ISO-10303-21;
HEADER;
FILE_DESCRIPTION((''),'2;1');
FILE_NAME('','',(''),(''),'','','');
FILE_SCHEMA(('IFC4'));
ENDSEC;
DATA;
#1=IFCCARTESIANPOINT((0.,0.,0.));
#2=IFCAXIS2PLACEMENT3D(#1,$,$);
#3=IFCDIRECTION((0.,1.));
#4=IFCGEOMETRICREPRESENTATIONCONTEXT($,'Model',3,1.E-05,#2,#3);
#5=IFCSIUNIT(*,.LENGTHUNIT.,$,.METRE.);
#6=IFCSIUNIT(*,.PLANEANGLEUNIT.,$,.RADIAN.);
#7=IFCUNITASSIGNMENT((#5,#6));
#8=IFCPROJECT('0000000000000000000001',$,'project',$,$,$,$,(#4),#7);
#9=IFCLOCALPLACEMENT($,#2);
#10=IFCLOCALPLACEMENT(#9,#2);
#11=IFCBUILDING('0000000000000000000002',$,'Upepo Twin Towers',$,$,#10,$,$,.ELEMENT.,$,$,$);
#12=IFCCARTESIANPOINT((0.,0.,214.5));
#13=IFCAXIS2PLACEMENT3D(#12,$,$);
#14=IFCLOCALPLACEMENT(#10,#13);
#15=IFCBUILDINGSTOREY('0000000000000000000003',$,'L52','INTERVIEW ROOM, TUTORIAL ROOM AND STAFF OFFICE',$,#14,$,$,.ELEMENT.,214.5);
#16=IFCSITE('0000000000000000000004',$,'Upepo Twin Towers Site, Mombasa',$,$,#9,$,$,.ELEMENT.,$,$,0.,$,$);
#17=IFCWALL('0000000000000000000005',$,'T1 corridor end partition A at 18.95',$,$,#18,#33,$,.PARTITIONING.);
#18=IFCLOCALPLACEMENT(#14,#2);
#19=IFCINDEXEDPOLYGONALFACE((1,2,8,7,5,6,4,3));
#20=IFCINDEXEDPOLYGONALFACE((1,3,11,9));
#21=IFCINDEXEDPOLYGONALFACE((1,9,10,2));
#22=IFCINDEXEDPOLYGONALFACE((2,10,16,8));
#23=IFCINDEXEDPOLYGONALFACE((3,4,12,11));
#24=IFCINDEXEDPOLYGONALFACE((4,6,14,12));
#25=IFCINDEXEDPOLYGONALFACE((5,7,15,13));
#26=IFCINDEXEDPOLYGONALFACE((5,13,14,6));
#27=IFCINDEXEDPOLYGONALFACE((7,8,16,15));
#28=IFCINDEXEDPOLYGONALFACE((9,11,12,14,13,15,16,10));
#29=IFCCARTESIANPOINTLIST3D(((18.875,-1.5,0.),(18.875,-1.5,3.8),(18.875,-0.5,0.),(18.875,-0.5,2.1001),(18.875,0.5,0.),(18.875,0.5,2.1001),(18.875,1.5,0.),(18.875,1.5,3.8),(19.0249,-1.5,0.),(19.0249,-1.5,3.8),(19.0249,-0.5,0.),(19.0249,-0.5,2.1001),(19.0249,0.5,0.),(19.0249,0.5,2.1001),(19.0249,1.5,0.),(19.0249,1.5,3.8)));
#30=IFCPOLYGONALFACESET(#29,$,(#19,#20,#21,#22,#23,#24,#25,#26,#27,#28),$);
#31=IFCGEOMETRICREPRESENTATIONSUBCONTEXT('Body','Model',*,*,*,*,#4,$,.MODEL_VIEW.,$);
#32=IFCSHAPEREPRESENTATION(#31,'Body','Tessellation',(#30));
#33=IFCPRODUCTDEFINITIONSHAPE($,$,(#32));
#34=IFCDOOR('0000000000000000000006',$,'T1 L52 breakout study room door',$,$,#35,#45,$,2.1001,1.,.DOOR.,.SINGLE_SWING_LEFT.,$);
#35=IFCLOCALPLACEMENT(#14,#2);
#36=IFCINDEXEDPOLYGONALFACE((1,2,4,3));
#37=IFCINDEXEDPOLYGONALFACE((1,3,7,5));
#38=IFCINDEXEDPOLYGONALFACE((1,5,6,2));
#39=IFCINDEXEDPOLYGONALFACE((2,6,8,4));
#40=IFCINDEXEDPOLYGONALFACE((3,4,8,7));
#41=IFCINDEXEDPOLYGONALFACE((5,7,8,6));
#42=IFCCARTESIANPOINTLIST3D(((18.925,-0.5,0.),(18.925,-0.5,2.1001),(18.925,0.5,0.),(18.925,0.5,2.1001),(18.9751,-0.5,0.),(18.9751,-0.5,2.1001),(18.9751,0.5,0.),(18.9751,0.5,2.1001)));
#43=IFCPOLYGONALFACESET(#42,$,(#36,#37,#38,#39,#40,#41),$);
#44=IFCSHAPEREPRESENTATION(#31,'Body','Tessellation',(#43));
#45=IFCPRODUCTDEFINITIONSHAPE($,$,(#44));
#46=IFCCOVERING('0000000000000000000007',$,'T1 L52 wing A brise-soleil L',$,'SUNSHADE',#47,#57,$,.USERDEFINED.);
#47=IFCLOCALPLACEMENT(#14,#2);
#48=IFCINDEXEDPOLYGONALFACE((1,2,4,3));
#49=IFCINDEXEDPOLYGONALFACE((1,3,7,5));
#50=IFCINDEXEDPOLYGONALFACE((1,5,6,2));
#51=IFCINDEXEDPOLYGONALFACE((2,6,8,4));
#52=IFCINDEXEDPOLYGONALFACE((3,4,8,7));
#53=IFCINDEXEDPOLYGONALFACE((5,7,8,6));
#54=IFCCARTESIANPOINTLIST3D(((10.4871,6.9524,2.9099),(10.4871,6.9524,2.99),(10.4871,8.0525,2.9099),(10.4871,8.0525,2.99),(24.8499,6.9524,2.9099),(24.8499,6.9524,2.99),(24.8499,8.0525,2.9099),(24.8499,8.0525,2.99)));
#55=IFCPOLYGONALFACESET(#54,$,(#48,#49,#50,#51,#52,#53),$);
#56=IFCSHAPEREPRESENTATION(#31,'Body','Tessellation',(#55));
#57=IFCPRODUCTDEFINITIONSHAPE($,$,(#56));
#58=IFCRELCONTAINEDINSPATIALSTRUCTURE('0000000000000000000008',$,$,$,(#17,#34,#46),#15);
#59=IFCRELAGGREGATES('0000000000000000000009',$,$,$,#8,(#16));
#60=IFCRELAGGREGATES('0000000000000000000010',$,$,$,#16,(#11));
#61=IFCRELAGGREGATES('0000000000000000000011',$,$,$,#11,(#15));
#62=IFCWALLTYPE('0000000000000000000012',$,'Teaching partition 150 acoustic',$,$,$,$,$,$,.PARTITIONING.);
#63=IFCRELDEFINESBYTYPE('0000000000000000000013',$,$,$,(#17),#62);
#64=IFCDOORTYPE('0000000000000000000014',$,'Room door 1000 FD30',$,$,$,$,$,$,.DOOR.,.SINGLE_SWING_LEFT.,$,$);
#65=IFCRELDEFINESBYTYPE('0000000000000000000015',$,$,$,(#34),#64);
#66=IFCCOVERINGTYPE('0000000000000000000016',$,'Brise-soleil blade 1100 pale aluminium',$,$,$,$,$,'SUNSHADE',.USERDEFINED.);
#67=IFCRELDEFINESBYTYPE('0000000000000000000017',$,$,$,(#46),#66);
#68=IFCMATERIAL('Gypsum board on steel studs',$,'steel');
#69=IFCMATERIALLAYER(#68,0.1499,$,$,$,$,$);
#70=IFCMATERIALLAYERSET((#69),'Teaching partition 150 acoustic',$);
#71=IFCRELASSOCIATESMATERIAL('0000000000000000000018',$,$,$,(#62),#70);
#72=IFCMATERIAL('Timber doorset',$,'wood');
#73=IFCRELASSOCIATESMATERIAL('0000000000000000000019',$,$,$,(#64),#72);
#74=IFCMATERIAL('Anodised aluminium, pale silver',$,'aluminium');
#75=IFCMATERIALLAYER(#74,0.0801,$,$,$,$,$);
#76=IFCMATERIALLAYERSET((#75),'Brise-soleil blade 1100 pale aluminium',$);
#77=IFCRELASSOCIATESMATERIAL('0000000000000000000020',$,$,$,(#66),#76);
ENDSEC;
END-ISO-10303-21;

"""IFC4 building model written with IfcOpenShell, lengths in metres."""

from ifc_helpers import new_model, si_unit, direction, frame, frame_2d, origin, origin_2d, place, context, subcontext, project, spatial, rectangle, extrude, material, layer, layer_set, type_object, element, fill, save


model = new_model("IFC4")

# Units and contexts
model_context = context("Model", 3, precision=1e-05, world=origin(), true_north=direction((0.0, 1.0)))
body_context = subcontext(model_context, "Body", "Model", "MODEL_VIEW")
ifc_project = project(units=[si_unit("LENGTHUNIT", "METRE"), si_unit("PLANEANGLEUNIT", "RADIAN")], contexts=[model_context])

# Site, building, storey
site_placement = place(None, origin())
site = spatial("IfcSite", under=ifc_project, at=site_placement, Name="Upepo Twin Towers Site, Mombasa", CompositionType="ELEMENT", RefElevation=0.0)
building_placement = place(site_placement, origin())
building = spatial("IfcBuilding", under=site, at=building_placement, Name="Upepo Twin Towers", CompositionType="ELEMENT")
storey_placement = place(building_placement, frame((0.0, 0.0, 214.5)))
storey = spatial("IfcBuildingStorey", under=building, at=storey_placement, Name="L52", Description="INTERVIEW ROOM, TUTORIAL ROOM AND STAFF OFFICE", CompositionType="ELEMENT", Elevation=214.5)

# Shared definitions
ifc_material_1 = material(Name="Gypsum board on steel studs", Category="steel")
ifc_layer_1 = layer(ifc_material_1, 0.1499)
ifc_layer_set_1 = layer_set([ifc_layer_1], Name="Teaching partition 150 acoustic")
wall_type_1 = type_object("IfcWallType", Name="Teaching partition 150 acoustic", PredefinedType="PARTITIONING", material=ifc_layer_set_1)

# Shared definitions
ifc_material_2 = material(Name="Timber doorset", Category="wood")
door_type = type_object("IfcDoorType", Name="Room door 1000 FD30", OperationType="SINGLE_SWING_LEFT", PredefinedType="DOOR", material=ifc_material_2)

# Wall, opening, door
wall_1_placement = place(storey_placement, frame((18.95, -1.5, 0.0), z_axis=(0.0, 0.0, 1.0), x_axis=(0.0, 1.0, 0.0)))
wall_1 = element("IfcWall", 1, at=wall_1_placement, inside=storey, type_object=wall_type_1, Name="T1 corridor end partition A at 18.95", PredefinedType="PARTITIONING", context=body_context, shape_type="SweptSolid", body=[
    extrude(rectangle(XDim=3.0, YDim=0.1499, at=frame_2d((1.5, 0.0))), origin(), (0.0, 0.0, 1.0), 3.8),
])
opening_1_placement = place(wall_1_placement, frame((1.0, 0.0, 0.0)))
opening_1 = element("IfcOpeningElement", 2, at=opening_1_placement, cuts=wall_1, PredefinedType="OPENING", context=body_context, shape_type="SweptSolid", body=[
    extrude(rectangle(XDim=1.0, YDim=2.1001, at=frame_2d((0.5, 1.05))), frame((0.0, 0.085, 0.0), z_axis=(0.0, -1.0, 0.0), x_axis=(1.0, 0.0, 0.0)), (0.0, 0.0, 1.0), 0.1699),
])
door_1_placement = place(opening_1_placement, origin())
door_1 = element("IfcDoor", 3, at=door_1_placement, inside=storey, type_object=door_type, Name="T1 L52 breakout study room door", OperationType="SINGLE_SWING_LEFT", OverallHeight=2.1001, OverallWidth=1.0, PredefinedType="DOOR", context=body_context, shape_type="SweptSolid", body=[
    extrude(rectangle(XDim=1.0, YDim=2.1001, at=frame_2d((0.5, 1.05))), frame((0.0, 0.0249, 0.0), z_axis=(0.0, -1.0, 0.0), x_axis=(1.0, 0.0, 0.0)), (0.0, 0.0, 1.0), 0.05),
])
fill(opening_1, door_1)

# Covering
ifc_material_3 = material(Name="Anodised aluminium, pale silver", Category="aluminium")
ifc_layer_2 = layer(ifc_material_3, 0.0801)
ifc_layer_set_2 = layer_set([ifc_layer_2], Name="Brise-soleil blade 1100 pale aluminium")
covering_type = type_object("IfcCoveringType", Name="Brise-soleil blade 1100 pale aluminium", ElementType="SUNSHADE", PredefinedType="USERDEFINED", material=ifc_layer_set_2)
covering_placement = place(storey_placement, frame((17.6685, 7.5024, 2.9099), z_axis=(0.0, 0.0, 1.0), x_axis=(1.0, 0.0, 0.0)))
element("IfcCovering", 4, at=covering_placement, inside=storey, type_object=covering_type, Name="T1 L52 wing A brise-soleil L", ObjectType="SUNSHADE", PredefinedType="USERDEFINED", context=body_context, shape_type="SweptSolid", body=[
    extrude(rectangle(XDim=14.3628, YDim=1.1001, at=origin_2d()), origin(), (0.0, 0.0, 1.0), 0.0801),
])

save(model, "model.ifc")
